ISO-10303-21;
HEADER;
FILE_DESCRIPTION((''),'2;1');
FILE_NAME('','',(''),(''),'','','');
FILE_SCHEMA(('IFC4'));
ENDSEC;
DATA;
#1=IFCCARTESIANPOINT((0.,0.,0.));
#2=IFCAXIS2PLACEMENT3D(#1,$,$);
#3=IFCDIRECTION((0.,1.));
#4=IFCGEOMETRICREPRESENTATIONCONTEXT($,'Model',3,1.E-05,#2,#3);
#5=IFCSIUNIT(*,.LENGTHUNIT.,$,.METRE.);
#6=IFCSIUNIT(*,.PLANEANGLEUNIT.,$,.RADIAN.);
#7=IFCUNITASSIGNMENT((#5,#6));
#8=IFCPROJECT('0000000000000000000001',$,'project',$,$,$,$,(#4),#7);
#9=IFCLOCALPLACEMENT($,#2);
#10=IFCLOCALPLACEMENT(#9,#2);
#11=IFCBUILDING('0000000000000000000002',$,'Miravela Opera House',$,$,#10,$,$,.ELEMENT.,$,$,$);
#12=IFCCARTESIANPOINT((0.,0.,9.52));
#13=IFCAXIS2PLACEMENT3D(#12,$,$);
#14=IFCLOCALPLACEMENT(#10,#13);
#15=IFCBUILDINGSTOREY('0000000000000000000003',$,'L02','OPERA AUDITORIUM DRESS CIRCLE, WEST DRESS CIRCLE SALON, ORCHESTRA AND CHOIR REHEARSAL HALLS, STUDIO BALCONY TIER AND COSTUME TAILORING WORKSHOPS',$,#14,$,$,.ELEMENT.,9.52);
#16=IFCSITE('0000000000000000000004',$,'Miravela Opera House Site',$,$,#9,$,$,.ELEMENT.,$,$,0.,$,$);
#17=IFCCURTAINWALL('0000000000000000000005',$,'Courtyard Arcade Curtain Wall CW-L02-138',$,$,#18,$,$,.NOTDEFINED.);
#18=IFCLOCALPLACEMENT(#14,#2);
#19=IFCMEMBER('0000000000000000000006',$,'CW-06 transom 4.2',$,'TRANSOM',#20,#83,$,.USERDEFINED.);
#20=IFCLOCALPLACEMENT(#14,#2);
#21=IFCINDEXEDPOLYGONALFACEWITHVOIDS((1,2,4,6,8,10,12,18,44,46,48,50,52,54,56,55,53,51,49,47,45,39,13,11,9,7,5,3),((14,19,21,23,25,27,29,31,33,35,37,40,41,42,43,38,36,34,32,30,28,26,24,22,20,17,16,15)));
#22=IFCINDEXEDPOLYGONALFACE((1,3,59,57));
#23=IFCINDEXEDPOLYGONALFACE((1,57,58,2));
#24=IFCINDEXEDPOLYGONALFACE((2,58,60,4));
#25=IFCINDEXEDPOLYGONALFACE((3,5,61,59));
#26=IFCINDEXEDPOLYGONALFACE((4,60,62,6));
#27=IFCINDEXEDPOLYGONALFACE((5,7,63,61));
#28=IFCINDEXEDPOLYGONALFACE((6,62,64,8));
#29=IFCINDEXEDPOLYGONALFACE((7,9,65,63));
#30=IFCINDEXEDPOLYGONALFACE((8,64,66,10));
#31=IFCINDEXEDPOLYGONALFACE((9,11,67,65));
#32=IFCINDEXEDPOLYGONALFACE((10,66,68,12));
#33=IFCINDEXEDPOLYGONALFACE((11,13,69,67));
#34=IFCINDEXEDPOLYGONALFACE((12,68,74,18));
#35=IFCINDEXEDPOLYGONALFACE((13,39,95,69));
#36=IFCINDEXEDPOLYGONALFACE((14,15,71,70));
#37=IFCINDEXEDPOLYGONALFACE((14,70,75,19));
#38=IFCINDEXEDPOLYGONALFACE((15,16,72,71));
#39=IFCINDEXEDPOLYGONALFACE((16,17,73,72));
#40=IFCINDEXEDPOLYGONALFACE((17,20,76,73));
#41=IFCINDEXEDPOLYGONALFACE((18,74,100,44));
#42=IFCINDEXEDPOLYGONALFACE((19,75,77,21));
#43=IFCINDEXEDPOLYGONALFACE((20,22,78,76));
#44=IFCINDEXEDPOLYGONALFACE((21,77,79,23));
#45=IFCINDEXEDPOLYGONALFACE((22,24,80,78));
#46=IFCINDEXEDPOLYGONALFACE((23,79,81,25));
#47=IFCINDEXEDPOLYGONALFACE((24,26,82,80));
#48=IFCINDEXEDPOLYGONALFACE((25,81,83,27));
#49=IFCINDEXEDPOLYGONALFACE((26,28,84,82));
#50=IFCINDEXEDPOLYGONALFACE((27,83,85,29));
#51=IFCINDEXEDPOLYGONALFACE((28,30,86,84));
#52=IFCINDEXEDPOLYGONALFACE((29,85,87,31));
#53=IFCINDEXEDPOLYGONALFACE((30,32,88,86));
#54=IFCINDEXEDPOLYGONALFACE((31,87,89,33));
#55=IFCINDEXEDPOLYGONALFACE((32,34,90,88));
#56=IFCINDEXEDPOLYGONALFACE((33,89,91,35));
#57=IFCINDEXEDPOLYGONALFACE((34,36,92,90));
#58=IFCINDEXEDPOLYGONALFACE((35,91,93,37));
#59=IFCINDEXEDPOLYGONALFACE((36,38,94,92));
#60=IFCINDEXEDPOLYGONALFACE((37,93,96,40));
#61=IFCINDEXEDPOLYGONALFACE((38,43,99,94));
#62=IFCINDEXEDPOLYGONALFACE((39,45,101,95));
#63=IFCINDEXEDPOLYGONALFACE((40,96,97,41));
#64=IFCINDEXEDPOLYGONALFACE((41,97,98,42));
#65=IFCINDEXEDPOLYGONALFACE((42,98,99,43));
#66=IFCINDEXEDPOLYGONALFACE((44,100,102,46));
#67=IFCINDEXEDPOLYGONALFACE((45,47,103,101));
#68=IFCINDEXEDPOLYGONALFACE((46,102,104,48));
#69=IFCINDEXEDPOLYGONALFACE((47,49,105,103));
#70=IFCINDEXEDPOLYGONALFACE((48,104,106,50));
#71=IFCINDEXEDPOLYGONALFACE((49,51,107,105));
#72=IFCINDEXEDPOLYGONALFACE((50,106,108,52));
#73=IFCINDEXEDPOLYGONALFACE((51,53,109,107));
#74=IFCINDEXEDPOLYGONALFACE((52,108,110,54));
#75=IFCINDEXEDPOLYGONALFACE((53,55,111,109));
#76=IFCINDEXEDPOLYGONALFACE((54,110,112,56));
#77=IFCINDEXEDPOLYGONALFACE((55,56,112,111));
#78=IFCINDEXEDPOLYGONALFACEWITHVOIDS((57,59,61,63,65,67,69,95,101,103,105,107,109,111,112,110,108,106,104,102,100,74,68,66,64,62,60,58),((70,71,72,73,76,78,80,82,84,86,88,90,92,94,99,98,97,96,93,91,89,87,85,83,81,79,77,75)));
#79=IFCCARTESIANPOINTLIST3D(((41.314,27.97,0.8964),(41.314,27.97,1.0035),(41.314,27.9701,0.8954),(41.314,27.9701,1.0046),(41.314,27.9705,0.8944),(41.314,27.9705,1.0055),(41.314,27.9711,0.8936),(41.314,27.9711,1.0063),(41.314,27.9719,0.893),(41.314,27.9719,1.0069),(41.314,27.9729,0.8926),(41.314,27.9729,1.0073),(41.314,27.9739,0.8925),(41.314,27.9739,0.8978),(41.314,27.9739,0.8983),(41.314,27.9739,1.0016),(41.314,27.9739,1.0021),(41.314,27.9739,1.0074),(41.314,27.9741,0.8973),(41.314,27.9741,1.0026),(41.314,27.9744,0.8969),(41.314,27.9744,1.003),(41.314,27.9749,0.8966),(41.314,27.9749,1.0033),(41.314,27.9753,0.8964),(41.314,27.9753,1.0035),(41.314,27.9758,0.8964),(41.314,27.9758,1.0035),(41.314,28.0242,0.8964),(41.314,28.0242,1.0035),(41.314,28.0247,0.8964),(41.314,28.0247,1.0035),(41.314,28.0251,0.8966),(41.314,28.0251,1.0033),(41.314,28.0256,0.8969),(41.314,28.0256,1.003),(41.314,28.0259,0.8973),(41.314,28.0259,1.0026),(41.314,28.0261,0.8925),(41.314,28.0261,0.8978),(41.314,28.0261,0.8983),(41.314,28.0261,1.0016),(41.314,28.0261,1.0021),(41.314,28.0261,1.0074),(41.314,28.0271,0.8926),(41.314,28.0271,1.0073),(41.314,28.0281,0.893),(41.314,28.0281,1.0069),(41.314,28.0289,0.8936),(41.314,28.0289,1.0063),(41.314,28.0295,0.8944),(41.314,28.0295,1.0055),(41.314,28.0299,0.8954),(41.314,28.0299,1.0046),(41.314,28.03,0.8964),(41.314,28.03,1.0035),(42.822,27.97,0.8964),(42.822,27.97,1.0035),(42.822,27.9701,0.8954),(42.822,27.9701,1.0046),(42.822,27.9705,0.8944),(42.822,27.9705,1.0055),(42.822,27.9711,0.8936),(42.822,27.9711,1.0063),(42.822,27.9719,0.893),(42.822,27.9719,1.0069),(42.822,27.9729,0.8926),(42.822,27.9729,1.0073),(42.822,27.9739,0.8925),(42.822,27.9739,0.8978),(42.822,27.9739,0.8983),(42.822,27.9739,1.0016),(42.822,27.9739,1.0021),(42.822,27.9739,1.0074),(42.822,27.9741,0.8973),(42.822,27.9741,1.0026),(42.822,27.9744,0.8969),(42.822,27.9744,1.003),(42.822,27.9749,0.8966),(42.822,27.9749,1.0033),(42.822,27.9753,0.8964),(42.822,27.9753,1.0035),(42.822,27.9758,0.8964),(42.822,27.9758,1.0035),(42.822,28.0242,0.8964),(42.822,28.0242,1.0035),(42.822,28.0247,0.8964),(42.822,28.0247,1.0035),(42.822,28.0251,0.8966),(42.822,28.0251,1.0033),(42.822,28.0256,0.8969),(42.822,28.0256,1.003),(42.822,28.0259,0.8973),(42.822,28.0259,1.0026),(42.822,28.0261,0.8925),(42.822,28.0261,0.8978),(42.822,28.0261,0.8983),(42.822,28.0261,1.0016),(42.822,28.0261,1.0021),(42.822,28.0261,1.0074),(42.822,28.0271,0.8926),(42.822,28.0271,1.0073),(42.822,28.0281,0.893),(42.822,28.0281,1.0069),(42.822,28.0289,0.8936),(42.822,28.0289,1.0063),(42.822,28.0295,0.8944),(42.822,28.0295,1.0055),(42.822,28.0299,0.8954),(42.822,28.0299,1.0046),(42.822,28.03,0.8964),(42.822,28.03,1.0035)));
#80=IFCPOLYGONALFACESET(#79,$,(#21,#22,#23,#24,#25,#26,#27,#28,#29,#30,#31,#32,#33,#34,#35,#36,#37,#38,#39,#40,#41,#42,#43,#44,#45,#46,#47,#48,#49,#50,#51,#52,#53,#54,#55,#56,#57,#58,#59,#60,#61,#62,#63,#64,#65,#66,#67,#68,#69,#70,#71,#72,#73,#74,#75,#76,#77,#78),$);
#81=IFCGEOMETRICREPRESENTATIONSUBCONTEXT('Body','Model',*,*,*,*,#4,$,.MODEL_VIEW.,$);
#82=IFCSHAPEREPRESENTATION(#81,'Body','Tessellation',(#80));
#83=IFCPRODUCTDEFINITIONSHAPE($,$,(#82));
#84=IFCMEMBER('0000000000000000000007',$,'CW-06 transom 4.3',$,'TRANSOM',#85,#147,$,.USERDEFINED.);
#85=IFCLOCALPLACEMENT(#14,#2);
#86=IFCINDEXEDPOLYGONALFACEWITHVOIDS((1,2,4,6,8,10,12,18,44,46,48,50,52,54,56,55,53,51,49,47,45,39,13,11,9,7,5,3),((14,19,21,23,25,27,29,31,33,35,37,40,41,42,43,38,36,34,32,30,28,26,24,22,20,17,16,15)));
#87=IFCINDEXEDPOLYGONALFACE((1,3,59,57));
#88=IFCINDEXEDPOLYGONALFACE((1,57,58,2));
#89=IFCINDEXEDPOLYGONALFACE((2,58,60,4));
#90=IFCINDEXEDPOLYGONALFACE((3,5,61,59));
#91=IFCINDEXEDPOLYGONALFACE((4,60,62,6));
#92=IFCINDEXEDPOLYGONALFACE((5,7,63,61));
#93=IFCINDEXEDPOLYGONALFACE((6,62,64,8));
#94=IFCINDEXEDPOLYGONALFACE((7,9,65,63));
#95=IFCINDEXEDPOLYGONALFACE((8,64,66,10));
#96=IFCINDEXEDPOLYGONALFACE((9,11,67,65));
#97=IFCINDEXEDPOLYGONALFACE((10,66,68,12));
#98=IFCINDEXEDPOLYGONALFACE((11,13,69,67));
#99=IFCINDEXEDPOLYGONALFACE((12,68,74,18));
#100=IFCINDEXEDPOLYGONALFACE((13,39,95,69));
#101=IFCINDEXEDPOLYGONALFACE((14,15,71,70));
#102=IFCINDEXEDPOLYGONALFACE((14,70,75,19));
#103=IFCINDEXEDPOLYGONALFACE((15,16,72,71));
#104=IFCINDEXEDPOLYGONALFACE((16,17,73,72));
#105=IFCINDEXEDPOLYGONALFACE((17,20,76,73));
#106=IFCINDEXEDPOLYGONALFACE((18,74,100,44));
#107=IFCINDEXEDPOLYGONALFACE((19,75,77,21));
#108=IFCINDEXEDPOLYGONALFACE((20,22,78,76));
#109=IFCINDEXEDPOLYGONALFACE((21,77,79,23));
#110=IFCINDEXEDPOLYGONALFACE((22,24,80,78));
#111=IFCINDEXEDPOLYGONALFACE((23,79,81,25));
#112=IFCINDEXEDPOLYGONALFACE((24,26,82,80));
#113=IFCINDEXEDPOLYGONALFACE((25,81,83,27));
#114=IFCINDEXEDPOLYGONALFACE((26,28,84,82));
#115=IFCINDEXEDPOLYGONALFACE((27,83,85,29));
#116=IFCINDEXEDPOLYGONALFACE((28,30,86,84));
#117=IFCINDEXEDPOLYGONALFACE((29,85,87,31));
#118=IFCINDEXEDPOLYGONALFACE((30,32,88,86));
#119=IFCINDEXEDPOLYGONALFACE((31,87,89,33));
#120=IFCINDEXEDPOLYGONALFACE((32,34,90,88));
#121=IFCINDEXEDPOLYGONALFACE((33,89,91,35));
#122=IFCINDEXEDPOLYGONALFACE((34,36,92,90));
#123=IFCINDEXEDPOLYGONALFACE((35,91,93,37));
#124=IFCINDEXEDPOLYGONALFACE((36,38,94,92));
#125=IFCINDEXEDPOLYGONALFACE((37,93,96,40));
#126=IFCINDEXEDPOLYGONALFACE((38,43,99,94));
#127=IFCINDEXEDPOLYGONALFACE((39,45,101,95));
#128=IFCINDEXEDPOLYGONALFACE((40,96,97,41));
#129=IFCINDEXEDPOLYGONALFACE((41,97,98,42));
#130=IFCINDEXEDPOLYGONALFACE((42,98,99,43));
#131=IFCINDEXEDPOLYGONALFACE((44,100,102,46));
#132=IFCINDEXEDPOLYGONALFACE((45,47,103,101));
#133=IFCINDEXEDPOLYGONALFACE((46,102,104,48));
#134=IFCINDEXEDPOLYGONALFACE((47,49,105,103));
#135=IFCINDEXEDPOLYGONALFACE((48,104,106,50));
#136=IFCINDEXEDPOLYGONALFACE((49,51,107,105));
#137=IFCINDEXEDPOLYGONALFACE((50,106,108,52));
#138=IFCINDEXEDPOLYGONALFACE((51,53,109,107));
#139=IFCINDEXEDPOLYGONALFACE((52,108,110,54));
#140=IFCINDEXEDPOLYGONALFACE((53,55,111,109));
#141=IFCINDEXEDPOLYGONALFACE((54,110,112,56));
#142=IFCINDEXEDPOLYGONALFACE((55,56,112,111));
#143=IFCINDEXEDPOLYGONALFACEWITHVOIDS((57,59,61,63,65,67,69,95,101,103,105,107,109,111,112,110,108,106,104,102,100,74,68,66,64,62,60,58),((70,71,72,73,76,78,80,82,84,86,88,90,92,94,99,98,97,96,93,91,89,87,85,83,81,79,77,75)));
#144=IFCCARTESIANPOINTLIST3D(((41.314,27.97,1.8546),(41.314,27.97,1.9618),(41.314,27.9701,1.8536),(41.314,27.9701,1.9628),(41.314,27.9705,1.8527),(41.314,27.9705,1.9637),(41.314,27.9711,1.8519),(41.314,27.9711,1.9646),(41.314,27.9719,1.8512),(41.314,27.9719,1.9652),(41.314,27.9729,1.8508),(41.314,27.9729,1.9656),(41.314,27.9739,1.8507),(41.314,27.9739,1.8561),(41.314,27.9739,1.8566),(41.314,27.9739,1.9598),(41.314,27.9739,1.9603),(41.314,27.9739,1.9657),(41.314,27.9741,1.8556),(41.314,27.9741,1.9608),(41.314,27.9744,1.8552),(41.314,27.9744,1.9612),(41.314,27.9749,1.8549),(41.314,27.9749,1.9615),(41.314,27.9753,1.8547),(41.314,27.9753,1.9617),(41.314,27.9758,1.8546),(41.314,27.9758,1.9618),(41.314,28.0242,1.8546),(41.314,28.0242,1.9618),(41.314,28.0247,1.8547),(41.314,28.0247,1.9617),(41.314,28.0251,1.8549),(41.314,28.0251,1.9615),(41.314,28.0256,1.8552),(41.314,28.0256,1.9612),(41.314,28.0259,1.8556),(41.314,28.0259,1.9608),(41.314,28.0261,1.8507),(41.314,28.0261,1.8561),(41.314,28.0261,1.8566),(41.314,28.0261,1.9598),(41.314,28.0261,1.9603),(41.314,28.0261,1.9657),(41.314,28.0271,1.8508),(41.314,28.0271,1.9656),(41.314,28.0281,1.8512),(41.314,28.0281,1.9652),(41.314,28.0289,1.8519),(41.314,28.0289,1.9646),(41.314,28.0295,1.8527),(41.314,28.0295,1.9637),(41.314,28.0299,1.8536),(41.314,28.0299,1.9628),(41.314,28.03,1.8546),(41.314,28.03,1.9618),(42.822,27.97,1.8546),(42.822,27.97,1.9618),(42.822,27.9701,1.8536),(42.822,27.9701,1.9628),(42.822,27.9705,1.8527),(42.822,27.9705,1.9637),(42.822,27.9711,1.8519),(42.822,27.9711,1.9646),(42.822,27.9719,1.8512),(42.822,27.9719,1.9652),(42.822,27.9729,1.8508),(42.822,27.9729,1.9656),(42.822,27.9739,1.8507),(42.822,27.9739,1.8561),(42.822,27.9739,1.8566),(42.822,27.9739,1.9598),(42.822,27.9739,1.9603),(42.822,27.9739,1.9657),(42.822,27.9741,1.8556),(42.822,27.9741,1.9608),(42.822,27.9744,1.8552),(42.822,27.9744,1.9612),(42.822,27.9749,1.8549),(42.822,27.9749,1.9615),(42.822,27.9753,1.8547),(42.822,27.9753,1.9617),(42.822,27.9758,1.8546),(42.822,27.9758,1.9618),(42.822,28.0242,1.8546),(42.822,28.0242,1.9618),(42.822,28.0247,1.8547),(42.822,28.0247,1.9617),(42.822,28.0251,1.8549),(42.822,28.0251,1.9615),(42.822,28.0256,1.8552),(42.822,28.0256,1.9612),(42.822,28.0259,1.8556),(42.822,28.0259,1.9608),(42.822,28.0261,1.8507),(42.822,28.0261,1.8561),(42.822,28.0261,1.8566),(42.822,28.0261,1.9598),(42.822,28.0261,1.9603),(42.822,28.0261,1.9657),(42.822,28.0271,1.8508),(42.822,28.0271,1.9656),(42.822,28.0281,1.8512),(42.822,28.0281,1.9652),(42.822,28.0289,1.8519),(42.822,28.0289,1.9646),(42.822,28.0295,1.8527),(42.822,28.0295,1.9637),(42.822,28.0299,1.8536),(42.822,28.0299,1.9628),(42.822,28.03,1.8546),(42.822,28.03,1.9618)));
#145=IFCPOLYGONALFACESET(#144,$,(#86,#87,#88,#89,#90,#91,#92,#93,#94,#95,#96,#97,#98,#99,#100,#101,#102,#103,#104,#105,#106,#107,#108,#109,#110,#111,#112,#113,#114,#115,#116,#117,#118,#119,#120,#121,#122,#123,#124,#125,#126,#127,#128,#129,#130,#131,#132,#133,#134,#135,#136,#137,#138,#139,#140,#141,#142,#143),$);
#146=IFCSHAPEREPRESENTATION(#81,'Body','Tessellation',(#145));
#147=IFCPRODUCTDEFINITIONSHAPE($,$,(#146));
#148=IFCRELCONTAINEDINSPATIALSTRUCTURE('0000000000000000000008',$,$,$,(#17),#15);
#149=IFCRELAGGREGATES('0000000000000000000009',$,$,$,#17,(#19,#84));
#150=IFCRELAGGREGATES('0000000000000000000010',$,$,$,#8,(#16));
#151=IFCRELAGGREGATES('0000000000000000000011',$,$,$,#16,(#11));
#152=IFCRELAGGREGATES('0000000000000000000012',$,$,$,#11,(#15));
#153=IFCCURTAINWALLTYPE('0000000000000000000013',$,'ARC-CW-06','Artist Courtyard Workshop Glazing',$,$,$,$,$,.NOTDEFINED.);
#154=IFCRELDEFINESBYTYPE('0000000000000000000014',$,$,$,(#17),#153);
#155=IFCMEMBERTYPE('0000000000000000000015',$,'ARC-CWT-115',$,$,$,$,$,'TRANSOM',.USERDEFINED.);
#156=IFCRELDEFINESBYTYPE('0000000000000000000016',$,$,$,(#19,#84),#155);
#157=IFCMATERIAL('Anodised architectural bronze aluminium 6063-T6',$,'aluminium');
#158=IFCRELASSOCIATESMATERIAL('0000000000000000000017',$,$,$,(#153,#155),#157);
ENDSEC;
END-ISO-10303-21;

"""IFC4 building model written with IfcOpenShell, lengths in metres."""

from ifc_helpers import new_model, si_unit, direction, frame, origin, origin_2d, place, context, subcontext, project, spatial, hollow_rectangle, extrude, material, material_profile, profile_set, type_object, element, aggregate, save


model = new_model("IFC4")

# Units and contexts
model_context = context("Model", 3, precision=1e-05, world=origin(), true_north=direction((0.0, 1.0)))
body_context = subcontext(model_context, "Body", "Model", "MODEL_VIEW")
ifc_project = project(units=[si_unit("LENGTHUNIT", "METRE"), si_unit("PLANEANGLEUNIT", "RADIAN")], contexts=[model_context])

# Site, building, storey
site_placement = place(None, origin())
site = spatial("IfcSite", under=ifc_project, at=site_placement, Name="Miravela Opera House Site", CompositionType="ELEMENT", RefElevation=0.0)
building_placement = place(site_placement, origin())
building = spatial("IfcBuilding", under=site, at=building_placement, Name="Miravela Opera House", CompositionType="ELEMENT")
storey_placement = place(building_placement, frame((0.0, 0.0, 9.52)))
storey = spatial("IfcBuildingStorey", under=building, at=storey_placement, Name="L02", Description="OPERA AUDITORIUM DRESS CIRCLE, WEST DRESS CIRCLE SALON, ORCHESTRA AND CHOIR REHEARSAL HALLS, STUDIO BALCONY TIER AND COSTUME TAILORING WORKSHOPS", CompositionType="ELEMENT", Elevation=9.52)

# Curtain wall, members
ifc_material_1 = material(Name="Anodised architectural bronze aluminium 6063-T6", Category="aluminium")
curtain_wall_type = type_object("IfcCurtainWallType", Name="ARC-CW-06", Description="Artist Courtyard Workshop Glazing", PredefinedType="NOTDEFINED", material=ifc_material_1)
curtain_wall_placement = place(storey_placement, origin())
curtain_wall = element("IfcCurtainWall", 1, at=curtain_wall_placement, inside=storey, type_object=curtain_wall_type, Name="Courtyard Arcade Curtain Wall CW-L02-138", PredefinedType="NOTDEFINED")
ifc_material_profile_1 = material_profile(ifc_material_1, hollow_rectangle(XDim=0.0601, YDim=0.115, WallThickness=0.0039, InnerFilletRadius=0.002, OuterFilletRadius=0.0039, at=origin_2d()), Name="CWT-60X115")
ifc_profile_set_1 = profile_set([ifc_material_profile_1])
member_type_1 = type_object("IfcMemberType", Name="ARC-CWT-115", ElementType="TRANSOM", PredefinedType="USERDEFINED", material=ifc_profile_set_1)
member_1_placement = place(storey_placement, frame((41.314, 28.0, 0.95), z_axis=(1.0, 0.0, 0.0), x_axis=(0.0, 1.0, 0.0)))
member_1 = element("IfcMember", 2, at=member_1_placement, type_object=member_type_1, Name="CW-06 transom 4.2", ObjectType="TRANSOM", PredefinedType="USERDEFINED", context=body_context, shape_type="SweptSolid", body=[
    extrude(hollow_rectangle(XDim=0.0601, YDim=0.115, WallThickness=0.0039, InnerFilletRadius=0.002, OuterFilletRadius=0.0039, at=origin_2d()), origin(), (0.0, 0.0, 1.0), 1.5081),
])
member_2_placement = place(storey_placement, frame((41.314, 28.0, 1.9082), z_axis=(1.0, 0.0, 0.0), x_axis=(0.0, 1.0, 0.0)))
member_2 = element("IfcMember", 3, at=member_2_placement, type_object=member_type_1, Name="CW-06 transom 4.3", ObjectType="TRANSOM", PredefinedType="USERDEFINED", context=body_context, shape_type="SweptSolid", body=[
    extrude(hollow_rectangle(XDim=0.0601, YDim=0.115, WallThickness=0.0039, InnerFilletRadius=0.002, OuterFilletRadius=0.0039, at=origin_2d()), origin(), (0.0, 0.0, 1.0), 1.5081),
])

aggregate(curtain_wall, [member_1, member_2])

save(model, "model.ifc")
